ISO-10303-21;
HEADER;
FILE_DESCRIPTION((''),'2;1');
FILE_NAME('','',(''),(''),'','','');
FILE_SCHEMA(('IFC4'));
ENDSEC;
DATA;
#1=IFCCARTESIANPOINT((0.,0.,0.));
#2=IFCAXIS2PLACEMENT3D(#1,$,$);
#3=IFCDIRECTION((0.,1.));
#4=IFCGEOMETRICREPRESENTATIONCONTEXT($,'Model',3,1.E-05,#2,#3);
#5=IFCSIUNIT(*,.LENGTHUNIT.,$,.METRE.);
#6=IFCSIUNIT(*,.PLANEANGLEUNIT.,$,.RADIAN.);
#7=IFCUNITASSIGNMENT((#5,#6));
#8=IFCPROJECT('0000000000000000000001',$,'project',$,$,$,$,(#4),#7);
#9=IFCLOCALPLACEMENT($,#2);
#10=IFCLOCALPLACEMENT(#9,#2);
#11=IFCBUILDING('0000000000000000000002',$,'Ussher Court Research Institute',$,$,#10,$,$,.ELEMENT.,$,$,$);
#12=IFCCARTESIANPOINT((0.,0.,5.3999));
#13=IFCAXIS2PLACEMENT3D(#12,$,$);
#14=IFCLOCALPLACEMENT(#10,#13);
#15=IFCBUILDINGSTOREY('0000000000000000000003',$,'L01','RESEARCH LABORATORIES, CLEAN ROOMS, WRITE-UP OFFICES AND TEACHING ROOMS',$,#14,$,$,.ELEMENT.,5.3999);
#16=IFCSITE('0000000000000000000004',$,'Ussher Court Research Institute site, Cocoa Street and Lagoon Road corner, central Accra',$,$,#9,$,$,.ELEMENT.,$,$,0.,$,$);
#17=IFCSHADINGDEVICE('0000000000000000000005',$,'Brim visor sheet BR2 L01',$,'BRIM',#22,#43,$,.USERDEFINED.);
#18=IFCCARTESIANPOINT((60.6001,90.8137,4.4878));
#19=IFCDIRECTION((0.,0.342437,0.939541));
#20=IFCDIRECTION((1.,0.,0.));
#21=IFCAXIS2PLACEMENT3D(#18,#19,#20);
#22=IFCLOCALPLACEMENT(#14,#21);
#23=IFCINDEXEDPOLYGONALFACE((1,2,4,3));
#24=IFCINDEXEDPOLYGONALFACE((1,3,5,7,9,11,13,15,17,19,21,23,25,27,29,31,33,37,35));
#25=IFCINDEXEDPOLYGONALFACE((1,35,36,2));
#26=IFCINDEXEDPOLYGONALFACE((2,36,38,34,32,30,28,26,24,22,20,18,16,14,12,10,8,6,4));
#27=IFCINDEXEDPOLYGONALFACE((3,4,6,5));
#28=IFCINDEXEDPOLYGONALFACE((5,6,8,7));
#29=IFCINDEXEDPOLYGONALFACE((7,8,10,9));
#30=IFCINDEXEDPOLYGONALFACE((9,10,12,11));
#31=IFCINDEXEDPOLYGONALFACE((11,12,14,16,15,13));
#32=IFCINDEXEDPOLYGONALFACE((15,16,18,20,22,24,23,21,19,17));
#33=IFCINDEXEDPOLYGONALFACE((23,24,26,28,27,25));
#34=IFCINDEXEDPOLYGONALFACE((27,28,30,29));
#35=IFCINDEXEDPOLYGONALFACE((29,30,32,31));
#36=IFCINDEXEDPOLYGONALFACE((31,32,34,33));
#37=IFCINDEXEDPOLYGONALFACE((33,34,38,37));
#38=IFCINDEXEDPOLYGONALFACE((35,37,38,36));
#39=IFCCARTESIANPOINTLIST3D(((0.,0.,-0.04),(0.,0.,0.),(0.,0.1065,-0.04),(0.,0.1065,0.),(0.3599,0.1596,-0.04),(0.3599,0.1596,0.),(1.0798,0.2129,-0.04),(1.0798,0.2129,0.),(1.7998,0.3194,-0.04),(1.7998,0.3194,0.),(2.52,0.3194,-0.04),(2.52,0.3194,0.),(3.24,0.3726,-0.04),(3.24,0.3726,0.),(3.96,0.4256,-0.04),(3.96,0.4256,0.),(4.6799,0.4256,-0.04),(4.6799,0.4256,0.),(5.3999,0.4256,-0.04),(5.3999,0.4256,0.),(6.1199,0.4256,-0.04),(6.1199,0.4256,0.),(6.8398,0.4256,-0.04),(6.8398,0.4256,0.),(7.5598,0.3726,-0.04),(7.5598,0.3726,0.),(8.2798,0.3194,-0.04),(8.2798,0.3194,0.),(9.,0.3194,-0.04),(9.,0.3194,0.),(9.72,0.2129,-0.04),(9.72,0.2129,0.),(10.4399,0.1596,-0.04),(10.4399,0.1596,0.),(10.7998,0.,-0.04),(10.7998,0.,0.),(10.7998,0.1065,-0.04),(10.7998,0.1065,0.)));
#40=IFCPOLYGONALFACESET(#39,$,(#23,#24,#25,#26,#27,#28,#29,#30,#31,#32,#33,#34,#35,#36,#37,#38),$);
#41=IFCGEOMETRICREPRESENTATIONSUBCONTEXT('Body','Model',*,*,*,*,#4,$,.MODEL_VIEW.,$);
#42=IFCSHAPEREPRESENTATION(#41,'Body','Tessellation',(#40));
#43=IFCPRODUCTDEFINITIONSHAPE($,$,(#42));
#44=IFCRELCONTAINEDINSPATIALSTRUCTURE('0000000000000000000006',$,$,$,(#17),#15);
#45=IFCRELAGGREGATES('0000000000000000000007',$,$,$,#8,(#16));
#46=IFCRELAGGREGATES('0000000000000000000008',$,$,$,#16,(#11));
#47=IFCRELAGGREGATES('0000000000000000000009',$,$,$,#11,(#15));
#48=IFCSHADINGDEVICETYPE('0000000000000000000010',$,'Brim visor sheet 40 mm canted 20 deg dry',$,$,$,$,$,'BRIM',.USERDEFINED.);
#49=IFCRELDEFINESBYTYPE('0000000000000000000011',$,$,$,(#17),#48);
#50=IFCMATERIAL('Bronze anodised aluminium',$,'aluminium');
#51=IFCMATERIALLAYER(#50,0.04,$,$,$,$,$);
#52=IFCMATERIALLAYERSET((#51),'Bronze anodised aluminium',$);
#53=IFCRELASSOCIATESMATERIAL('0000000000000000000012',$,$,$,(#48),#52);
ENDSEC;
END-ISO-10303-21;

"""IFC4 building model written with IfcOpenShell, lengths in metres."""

from ifc_helpers import new_model, si_unit, direction, frame, origin, place, context, subcontext, project, spatial, polyline, outline, extrude, material, layer, layer_set, type_object, element, save


model = new_model("IFC4")

# Units and contexts
model_context = context("Model", 3, precision=1e-05, world=origin(), true_north=direction((0.0, 1.0)))
body_context = subcontext(model_context, "Body", "Model", "MODEL_VIEW")
ifc_project = project(units=[si_unit("LENGTHUNIT", "METRE"), si_unit("PLANEANGLEUNIT", "RADIAN")], contexts=[model_context])

# Site, building, storey
site_placement = place(None, origin())
site = spatial("IfcSite", under=ifc_project, at=site_placement, Name="Ussher Court Research Institute site, Cocoa Street and Lagoon Road corner, central Accra", CompositionType="ELEMENT", RefElevation=0.0)
building_placement = place(site_placement, origin())
building = spatial("IfcBuilding", under=site, at=building_placement, Name="Ussher Court Research Institute", CompositionType="ELEMENT")
storey_placement = place(building_placement, frame((0.0, 0.0, 5.3999)))
storey = spatial("IfcBuildingStorey", under=building, at=storey_placement, Name="L01", Description="RESEARCH LABORATORIES, CLEAN ROOMS, WRITE-UP OFFICES AND TEACHING ROOMS", CompositionType="ELEMENT", Elevation=5.3999)

# Shading device
ifc_material_1 = material(Name="Bronze anodised aluminium", Category="aluminium")
ifc_layer_1 = layer(ifc_material_1, 0.04)
ifc_layer_set_1 = layer_set([ifc_layer_1], Name="Bronze anodised aluminium")
shading_device_type_1 = type_object("IfcShadingDeviceType", Name="Brim visor sheet 40 mm canted 20 deg dry", ElementType="BRIM", PredefinedType="USERDEFINED", material=ifc_layer_set_1)
shading_device_1_placement = place(storey_placement, frame((60.6001, 90.8137, 4.4878), z_axis=(0.0, 0.342437, 0.939541), x_axis=(1.0, 0.0, 0.0)))
element("IfcShadingDevice", 1, at=shading_device_1_placement, inside=storey, type_object=shading_device_type_1, Name="Brim visor sheet BR2 L01", ObjectType="BRIM", PredefinedType="USERDEFINED", context=body_context, shape_type="SweptSolid", body=[
    extrude(outline(polyline([(0.0, 0.0), (10.7998, 0.0), (10.7998, 0.1065), (10.4399, 0.1596), (9.72, 0.2129), (9.0, 0.3194), (8.2798, 0.3194), (7.5598, 0.3726), (6.8398, 0.4256), (6.1199, 0.4256), (5.3999, 0.4256), (4.6799, 0.4256), (3.96, 0.4256), (3.24, 0.3726), (2.52, 0.3194), (1.7998, 0.3194), (1.0798, 0.2129), (0.3599, 0.1596), (0.0, 0.1065), (0.0, 0.0)])), origin(), (0.0, 0.0, -1.0), 0.04),
])

save(model, "model.ifc")
